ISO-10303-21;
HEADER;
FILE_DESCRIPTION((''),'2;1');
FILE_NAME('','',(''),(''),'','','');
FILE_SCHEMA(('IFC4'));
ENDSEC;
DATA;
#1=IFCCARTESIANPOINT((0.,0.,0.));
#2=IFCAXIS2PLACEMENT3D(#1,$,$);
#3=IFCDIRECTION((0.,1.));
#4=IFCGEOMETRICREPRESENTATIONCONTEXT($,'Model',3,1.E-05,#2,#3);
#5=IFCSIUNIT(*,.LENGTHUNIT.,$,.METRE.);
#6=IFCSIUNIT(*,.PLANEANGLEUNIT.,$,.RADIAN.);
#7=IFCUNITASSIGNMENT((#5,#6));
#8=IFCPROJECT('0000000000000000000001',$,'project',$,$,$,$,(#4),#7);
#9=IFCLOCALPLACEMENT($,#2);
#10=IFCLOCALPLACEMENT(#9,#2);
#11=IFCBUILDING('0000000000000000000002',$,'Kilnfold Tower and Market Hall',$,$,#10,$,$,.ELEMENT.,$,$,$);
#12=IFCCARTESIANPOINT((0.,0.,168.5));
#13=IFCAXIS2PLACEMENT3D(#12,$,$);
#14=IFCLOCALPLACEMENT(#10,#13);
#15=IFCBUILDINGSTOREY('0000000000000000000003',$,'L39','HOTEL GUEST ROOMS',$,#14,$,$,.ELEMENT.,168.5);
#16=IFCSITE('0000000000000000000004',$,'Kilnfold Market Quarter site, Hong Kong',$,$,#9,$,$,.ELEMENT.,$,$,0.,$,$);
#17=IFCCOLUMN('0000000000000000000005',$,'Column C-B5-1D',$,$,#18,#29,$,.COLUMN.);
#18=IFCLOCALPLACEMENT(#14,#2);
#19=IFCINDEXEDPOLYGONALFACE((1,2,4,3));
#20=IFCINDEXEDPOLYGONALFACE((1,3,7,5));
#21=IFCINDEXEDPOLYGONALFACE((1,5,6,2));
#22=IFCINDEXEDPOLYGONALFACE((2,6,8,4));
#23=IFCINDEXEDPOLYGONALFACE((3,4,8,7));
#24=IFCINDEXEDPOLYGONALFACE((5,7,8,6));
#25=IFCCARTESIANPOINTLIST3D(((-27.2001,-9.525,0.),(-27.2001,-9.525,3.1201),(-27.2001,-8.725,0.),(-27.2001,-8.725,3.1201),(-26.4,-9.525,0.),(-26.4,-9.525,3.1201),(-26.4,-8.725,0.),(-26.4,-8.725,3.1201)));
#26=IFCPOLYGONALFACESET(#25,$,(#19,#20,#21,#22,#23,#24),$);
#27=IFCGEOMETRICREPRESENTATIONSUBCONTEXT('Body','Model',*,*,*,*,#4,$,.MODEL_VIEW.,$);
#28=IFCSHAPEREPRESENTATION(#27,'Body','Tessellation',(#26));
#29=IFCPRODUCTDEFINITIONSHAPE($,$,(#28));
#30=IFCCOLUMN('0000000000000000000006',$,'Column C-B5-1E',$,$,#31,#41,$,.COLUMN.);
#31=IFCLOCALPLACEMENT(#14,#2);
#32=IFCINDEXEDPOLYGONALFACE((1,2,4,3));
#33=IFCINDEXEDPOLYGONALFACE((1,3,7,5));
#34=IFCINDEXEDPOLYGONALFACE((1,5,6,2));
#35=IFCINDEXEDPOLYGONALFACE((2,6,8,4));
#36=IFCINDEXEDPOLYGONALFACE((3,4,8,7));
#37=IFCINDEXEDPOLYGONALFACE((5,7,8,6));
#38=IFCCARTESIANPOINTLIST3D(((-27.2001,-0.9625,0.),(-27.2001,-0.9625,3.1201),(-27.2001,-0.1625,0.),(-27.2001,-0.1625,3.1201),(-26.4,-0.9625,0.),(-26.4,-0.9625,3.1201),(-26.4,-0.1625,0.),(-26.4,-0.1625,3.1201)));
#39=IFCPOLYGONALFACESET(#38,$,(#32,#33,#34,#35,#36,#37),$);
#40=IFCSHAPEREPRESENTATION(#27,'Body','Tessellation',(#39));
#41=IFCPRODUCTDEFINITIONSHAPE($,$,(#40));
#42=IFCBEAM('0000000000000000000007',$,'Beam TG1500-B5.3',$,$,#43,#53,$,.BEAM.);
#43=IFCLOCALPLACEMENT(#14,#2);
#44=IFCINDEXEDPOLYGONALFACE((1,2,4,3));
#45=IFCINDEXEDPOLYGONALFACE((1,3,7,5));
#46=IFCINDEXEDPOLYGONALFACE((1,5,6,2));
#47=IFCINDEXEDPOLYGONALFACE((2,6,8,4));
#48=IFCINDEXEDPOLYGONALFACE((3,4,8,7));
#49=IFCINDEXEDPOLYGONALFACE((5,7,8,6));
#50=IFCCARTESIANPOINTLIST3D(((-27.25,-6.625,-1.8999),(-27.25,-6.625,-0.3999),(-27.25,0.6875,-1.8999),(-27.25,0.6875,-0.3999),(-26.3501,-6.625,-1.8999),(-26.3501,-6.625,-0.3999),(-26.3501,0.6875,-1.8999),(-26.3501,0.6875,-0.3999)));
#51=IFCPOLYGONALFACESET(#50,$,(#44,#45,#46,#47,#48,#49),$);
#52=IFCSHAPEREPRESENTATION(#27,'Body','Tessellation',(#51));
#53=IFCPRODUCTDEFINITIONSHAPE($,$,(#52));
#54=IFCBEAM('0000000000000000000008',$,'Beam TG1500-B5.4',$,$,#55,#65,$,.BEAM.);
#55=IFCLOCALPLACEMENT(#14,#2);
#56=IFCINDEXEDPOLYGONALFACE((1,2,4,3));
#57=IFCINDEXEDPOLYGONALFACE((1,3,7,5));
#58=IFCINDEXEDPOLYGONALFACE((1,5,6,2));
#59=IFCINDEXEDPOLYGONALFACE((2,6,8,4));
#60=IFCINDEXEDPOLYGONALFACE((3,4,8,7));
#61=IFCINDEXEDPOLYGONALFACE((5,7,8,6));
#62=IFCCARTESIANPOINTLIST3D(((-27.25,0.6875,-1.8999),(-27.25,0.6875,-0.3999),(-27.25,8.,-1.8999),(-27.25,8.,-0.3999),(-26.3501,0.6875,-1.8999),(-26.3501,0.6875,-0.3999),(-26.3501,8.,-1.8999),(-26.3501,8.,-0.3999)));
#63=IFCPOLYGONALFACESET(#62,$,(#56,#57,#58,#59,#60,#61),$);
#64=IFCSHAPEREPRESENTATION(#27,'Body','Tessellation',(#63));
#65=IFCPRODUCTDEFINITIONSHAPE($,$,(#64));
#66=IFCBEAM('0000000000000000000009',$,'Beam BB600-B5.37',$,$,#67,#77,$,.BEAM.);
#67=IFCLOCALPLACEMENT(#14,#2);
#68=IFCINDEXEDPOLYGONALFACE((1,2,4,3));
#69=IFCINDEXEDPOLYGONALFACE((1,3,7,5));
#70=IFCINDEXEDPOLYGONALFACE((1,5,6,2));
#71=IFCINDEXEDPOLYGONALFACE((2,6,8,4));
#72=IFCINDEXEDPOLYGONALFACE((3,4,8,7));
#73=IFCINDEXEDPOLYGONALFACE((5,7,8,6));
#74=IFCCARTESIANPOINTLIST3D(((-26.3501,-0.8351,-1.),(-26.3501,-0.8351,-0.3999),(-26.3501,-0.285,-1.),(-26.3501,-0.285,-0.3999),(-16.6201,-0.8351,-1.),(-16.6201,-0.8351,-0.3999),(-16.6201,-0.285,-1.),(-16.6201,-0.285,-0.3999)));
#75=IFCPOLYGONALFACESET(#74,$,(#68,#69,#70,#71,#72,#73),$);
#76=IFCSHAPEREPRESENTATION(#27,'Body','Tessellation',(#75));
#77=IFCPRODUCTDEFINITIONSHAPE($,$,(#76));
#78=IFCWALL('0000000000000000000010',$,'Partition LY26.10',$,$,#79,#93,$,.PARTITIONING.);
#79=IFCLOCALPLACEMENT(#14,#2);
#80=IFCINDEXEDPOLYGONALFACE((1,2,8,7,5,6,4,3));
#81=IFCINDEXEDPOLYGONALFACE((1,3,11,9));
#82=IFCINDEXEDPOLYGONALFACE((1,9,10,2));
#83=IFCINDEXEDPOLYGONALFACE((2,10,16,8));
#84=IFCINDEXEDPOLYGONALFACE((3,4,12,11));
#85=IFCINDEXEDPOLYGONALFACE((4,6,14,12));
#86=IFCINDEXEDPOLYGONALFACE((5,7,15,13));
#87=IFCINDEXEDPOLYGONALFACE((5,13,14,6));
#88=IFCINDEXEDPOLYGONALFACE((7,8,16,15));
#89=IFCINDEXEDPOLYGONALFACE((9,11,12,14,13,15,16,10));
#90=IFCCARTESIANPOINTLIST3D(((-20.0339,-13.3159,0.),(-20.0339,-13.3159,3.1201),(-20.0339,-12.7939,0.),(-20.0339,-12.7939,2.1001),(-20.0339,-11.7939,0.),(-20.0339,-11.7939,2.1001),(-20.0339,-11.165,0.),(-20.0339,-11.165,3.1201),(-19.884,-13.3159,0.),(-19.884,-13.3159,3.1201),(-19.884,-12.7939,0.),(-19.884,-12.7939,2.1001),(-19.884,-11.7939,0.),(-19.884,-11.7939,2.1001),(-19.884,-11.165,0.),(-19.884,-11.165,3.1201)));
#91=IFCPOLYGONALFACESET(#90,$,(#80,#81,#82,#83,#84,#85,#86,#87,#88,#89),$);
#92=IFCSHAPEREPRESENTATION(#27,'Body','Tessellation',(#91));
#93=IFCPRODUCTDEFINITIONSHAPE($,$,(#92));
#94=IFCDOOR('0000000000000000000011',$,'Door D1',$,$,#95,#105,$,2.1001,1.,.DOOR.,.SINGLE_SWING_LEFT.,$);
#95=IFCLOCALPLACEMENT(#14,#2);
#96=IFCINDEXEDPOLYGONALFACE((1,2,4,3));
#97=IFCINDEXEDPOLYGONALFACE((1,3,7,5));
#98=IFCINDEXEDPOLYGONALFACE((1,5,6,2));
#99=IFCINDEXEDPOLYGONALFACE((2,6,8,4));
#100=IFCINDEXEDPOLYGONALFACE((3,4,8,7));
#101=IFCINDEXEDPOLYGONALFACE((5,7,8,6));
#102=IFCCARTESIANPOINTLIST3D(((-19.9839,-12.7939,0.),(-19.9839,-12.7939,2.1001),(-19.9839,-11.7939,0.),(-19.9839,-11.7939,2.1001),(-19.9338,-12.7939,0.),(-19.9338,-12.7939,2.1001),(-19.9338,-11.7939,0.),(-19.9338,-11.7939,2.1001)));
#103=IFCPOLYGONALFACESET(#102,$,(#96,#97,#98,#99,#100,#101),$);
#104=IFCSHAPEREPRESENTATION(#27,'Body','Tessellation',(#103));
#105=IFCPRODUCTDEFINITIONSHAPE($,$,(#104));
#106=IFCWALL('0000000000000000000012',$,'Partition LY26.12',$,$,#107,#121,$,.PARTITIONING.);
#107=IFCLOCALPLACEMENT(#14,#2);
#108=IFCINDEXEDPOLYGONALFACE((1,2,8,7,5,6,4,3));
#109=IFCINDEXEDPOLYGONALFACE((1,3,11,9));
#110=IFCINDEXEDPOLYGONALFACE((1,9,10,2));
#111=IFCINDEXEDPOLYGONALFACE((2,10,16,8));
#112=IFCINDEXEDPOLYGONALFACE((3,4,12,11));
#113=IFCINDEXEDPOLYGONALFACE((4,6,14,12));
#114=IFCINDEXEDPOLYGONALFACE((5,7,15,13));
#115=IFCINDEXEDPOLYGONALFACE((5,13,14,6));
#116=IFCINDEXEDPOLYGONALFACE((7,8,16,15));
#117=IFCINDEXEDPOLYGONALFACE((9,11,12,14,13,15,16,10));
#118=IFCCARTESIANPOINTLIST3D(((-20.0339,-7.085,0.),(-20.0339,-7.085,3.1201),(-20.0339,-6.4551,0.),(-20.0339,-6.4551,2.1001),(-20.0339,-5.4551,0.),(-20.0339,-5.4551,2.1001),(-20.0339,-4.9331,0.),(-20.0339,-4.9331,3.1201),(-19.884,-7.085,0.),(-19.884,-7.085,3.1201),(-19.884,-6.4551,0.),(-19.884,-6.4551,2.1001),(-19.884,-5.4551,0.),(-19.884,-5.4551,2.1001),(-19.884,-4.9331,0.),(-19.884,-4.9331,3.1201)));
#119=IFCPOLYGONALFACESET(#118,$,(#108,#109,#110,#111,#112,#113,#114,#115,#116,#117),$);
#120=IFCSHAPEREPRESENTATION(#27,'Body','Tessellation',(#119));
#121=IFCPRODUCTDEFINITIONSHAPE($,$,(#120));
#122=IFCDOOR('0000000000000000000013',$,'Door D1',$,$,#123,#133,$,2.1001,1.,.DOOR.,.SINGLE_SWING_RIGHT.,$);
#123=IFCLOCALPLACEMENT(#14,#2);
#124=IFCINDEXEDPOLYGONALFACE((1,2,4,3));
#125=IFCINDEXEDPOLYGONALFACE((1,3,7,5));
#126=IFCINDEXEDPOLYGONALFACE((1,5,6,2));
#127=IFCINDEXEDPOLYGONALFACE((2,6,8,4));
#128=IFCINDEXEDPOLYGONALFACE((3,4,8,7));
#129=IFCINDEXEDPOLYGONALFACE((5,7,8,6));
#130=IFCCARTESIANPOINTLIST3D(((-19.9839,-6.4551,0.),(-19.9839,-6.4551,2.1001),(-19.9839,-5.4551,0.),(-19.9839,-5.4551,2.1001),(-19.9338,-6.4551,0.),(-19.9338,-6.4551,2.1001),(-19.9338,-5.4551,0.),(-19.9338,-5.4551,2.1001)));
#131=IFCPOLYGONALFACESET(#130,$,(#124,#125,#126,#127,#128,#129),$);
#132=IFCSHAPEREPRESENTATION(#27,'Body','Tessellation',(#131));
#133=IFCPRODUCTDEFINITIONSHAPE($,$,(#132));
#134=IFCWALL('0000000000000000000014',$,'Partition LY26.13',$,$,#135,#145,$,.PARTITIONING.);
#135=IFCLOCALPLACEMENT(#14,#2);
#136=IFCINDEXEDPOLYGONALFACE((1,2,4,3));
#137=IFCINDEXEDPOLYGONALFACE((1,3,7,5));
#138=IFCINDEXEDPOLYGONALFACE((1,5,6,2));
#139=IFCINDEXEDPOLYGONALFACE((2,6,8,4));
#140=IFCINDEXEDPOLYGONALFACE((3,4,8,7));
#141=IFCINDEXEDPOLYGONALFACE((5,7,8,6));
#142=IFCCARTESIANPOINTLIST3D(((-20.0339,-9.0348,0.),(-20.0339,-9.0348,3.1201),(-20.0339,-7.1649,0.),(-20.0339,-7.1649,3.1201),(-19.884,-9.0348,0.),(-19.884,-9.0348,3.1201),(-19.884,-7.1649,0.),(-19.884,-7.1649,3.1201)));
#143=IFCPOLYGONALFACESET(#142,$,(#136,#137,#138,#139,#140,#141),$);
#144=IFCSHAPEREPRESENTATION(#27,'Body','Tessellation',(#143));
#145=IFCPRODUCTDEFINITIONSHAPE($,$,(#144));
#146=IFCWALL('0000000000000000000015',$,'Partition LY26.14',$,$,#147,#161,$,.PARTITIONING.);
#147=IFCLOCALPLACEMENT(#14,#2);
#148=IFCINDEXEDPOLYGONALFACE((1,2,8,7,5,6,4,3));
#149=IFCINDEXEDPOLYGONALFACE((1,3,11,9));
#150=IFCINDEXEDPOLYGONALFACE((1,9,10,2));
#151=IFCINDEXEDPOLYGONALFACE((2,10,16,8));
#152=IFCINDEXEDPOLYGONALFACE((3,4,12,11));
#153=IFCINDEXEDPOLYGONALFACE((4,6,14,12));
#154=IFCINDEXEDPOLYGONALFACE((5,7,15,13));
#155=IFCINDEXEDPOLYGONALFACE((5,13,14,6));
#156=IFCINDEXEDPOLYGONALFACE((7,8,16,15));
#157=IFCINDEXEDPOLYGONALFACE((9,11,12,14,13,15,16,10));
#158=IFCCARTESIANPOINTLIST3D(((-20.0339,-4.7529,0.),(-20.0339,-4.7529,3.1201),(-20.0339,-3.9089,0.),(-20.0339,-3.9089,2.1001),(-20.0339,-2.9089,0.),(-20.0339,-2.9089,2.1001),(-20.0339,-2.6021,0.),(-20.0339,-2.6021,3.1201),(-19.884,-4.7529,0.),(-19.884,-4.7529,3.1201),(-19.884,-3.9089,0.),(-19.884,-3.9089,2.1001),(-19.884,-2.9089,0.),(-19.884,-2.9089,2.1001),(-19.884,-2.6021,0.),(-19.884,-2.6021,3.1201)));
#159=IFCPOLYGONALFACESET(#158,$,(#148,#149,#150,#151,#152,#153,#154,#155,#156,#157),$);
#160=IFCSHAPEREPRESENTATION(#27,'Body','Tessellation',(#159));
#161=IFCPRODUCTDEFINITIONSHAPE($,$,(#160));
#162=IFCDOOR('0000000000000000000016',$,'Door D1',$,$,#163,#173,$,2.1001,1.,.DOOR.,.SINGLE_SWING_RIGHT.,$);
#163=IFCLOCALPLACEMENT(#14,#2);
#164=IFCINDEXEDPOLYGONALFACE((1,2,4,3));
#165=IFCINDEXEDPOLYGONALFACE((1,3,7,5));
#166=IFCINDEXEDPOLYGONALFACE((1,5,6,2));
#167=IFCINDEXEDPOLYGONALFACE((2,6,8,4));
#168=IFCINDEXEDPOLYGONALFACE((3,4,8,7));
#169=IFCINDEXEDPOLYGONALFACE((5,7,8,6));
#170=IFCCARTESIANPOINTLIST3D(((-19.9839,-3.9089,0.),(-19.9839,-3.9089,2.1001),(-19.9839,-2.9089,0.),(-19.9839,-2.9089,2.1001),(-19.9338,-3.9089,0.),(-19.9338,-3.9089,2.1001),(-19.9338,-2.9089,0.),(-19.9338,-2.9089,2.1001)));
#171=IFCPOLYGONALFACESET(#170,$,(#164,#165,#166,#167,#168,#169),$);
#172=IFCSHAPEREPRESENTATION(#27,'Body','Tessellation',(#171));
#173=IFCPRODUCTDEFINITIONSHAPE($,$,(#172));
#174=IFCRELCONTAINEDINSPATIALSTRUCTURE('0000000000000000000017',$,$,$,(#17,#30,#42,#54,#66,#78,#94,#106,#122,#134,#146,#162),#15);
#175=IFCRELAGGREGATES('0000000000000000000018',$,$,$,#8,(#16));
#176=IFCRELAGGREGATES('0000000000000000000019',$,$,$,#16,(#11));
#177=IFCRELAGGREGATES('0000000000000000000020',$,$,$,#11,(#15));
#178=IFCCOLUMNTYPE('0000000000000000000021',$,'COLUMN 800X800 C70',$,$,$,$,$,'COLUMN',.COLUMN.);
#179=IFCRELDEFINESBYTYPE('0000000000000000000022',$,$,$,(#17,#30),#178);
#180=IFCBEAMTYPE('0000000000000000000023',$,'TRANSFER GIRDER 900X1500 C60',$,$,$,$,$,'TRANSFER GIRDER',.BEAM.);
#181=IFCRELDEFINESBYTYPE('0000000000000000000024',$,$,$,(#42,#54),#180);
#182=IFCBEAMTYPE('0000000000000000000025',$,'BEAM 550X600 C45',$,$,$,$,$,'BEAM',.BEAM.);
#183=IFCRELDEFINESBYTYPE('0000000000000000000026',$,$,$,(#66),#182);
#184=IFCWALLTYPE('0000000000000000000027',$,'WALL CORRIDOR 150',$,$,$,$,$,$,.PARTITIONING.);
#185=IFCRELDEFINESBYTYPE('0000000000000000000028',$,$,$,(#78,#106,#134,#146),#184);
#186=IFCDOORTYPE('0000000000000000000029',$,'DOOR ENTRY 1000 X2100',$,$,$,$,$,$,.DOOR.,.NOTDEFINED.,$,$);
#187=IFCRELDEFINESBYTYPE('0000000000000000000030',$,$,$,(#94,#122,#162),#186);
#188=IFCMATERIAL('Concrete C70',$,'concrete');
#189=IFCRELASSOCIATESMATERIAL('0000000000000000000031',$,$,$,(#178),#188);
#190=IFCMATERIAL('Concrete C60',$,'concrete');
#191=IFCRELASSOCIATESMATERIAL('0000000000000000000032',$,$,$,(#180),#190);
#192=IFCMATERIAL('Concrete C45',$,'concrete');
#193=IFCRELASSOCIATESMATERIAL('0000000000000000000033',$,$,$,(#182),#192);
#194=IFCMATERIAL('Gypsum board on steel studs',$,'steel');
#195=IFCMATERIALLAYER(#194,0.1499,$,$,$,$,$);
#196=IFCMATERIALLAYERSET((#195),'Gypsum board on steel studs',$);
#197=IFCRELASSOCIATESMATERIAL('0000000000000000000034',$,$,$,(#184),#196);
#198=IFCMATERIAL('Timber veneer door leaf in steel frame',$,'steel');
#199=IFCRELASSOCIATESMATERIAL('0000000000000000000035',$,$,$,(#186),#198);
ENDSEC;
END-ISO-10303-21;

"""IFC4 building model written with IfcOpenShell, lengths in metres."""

from ifc_helpers import new_model, si_unit, direction, frame, frame_2d, origin, origin_2d, place, context, subcontext, project, spatial, rectangle, extrude, source, transform, mapped, material, layer, layer_set, material_profile, profile_set, type_object, element, fill, save


model = new_model("IFC4")

# Units and contexts
model_context = context("Model", 3, precision=1e-05, world=origin(), true_north=direction((0.0, 1.0)))
body_context = subcontext(model_context, "Body", "Model", "MODEL_VIEW")
ifc_project = project(units=[si_unit("LENGTHUNIT", "METRE"), si_unit("PLANEANGLEUNIT", "RADIAN")], contexts=[model_context])

# Site, building, storey
site_placement = place(None, origin())
site = spatial("IfcSite", under=ifc_project, at=site_placement, Name="Kilnfold Market Quarter site, Hong Kong", CompositionType="ELEMENT", RefElevation=0.0)
building_placement = place(site_placement, origin())
building = spatial("IfcBuilding", under=site, at=building_placement, Name="Kilnfold Tower and Market Hall", CompositionType="ELEMENT")
storey_placement = place(building_placement, frame((0.0, 0.0, 168.5)))
storey = spatial("IfcBuildingStorey", under=building, at=storey_placement, Name="L39", Description="HOTEL GUEST ROOMS", CompositionType="ELEMENT", Elevation=168.5)

# Columns
ifc_material_1 = material(Name="Concrete C70", Category="concrete")
ifc_material_profile_1 = material_profile(ifc_material_1, rectangle(XDim=0.8, YDim=0.8, at=origin_2d()), Name="RC 800x800")
ifc_profile_set_1 = profile_set([ifc_material_profile_1], Name="Concrete C70")
column_type = type_object("IfcColumnType", Name="COLUMN 800X800 C70", ElementType="COLUMN", PredefinedType="COLUMN", material=ifc_profile_set_1)
shared_shape_1 = source(origin(), body_context, "Body", "SweptSolid", [
    extrude(rectangle(XDim=0.8, YDim=0.8, at=origin_2d()), origin(), (0.0, 0.0, 1.0), 3.1201),
])
for number, where, z_axis, x_axis, name in (
    (1, (-26.8, -9.125, 0.0), (0.0, 0.0, 1.0), (1.0, 0.0, 0.0), "Column C-B5-1D"),
    (2, (-26.8, -0.5625, 0.0), (0.0, 0.0, 1.0), (1.0, 0.0, 0.0), "Column C-B5-1E"),
):
    element("IfcColumn", number, at=place(storey_placement, frame(where, z_axis=z_axis, x_axis=x_axis)), inside=storey, type_object=column_type, Name=name, PredefinedType="COLUMN", context=body_context, shape_type="MappedRepresentation", body=[
        mapped(shared_shape_1, transform((0.0, 0.0, 0.0))),
    ])

# Beams
ifc_material_2 = material(Name="Concrete C60", Category="concrete")
ifc_material_profile_2 = material_profile(ifc_material_2, rectangle(XDim=0.8999, YDim=1.5, at=origin_2d()), Name="RC 900x1500")
ifc_profile_set_2 = profile_set([ifc_material_profile_2], Name="Concrete C60")
beam_type_1 = type_object("IfcBeamType", Name="TRANSFER GIRDER 900X1500 C60", ElementType="TRANSFER GIRDER", PredefinedType="BEAM", material=ifc_profile_set_2)
shared_shape_2 = source(origin(), body_context, "Body", "SweptSolid", [
    extrude(rectangle(XDim=0.8999, YDim=1.5, at=origin_2d()), origin(), (0.0, 0.0, 1.0), 7.3125),
])
for number, where, z_axis, x_axis, name in (
    (3, (-26.8, -6.625, -1.1499), (0.0, 1.0, 0.0), (-1.0, 0.0, 0.0), "Beam TG1500-B5.3"),
    (4, (-26.8, 0.6875, -1.1499), (0.0, 1.0, 0.0), (-1.0, 0.0, 0.0), "Beam TG1500-B5.4"),
):
    element("IfcBeam", number, at=place(storey_placement, frame(where, z_axis=z_axis, x_axis=x_axis)), inside=storey, type_object=beam_type_1, Name=name, PredefinedType="BEAM", context=body_context, shape_type="MappedRepresentation", body=[
        mapped(shared_shape_2, transform((0.0, 0.0, 0.0))),
    ])
ifc_material_3 = material(Name="Concrete C45", Category="concrete")
ifc_material_profile_3 = material_profile(ifc_material_3, rectangle(XDim=0.55, YDim=0.6001, at=origin_2d()), Name="RC 550x600")
ifc_profile_set_3 = profile_set([ifc_material_profile_3], Name="Concrete C45")
beam_type_2 = type_object("IfcBeamType", Name="BEAM 550X600 C45", ElementType="BEAM", PredefinedType="BEAM", material=ifc_profile_set_3)
shared_shape_3 = source(origin(), body_context, "Body", "SweptSolid", [
    extrude(rectangle(XDim=0.55, YDim=0.6001, at=origin_2d()), origin(), (0.0, 0.0, 1.0), 9.73),
])
beam_placement = place(storey_placement, frame((-26.3501, -0.5601, -0.7), z_axis=(1.0, 0.0, 0.0), x_axis=(0.0, 1.0, 0.0)))
element("IfcBeam", 5, at=beam_placement, inside=storey, type_object=beam_type_2, Name="Beam BB600-B5.37", PredefinedType="BEAM", context=body_context, shape_type="MappedRepresentation", body=[
    mapped(shared_shape_3, transform((0.0, 0.0, 0.0))),
])

# Wall, opening, door
ifc_material_4 = material(Name="Gypsum board on steel studs", Category="steel")
ifc_layer_1 = layer(ifc_material_4, 0.1499)
ifc_layer_set_1 = layer_set([ifc_layer_1], Name="Gypsum board on steel studs")
wall_type_1 = type_object("IfcWallType", Name="WALL CORRIDOR 150", PredefinedType="PARTITIONING", material=ifc_layer_set_1)
wall_1_placement = place(storey_placement, frame((-19.959, -13.3159, 0.0), z_axis=(0.0, 0.0, 1.0), x_axis=(0.0, 1.0, 0.0)))
wall_1 = element("IfcWall", 6, at=wall_1_placement, inside=storey, type_object=wall_type_1, Name="Partition LY26.10", PredefinedType="PARTITIONING", context=body_context, shape_type="SweptSolid", body=[
    extrude(rectangle(XDim=2.1509, YDim=0.1499, at=frame_2d((1.0754, 0.0))), origin(), (0.0, 0.0, 1.0), 3.1201),
])
opening_1_placement = place(wall_1_placement, frame((0.522, 0.0, 0.0)))
opening_1 = element("IfcOpeningElement", 7, at=opening_1_placement, cuts=wall_1, PredefinedType="OPENING", context=body_context, shape_type="SweptSolid", body=[
    extrude(rectangle(XDim=1.0, YDim=2.1001, at=frame_2d((0.5, 1.05))), frame((0.0, 0.085, 0.0), z_axis=(0.0, -1.0, 0.0), x_axis=(1.0, 0.0, 0.0)), (0.0, 0.0, 1.0), 0.1699),
])
ifc_material_5 = material(Name="Timber veneer door leaf in steel frame", Category="steel")
door_type_1 = type_object("IfcDoorType", Name="DOOR ENTRY 1000 X2100", OperationType="NOTDEFINED", PredefinedType="DOOR", material=ifc_material_5)
door_1_placement = place(opening_1_placement, origin())
door_1 = element("IfcDoor", 8, at=door_1_placement, inside=storey, type_object=door_type_1, Name="Door D1", OperationType="SINGLE_SWING_LEFT", OverallHeight=2.1001, OverallWidth=1.0, PredefinedType="DOOR", context=body_context, shape_type="SweptSolid", body=[
    extrude(rectangle(XDim=1.0, YDim=2.1001, at=frame_2d((0.5, 1.05))), frame((0.0, 0.0249, 0.0), z_axis=(0.0, -1.0, 0.0), x_axis=(1.0, 0.0, 0.0)), (0.0, 0.0, 1.0), 0.05),
])
fill(opening_1, door_1)

# Wall, opening, door
wall_2_placement = place(storey_placement, frame((-19.959, -7.085, 0.0), z_axis=(0.0, 0.0, 1.0), x_axis=(0.0, 1.0, 0.0)))
wall_2 = element("IfcWall", 9, at=wall_2_placement, inside=storey, type_object=wall_type_1, Name="Partition LY26.12", PredefinedType="PARTITIONING", context=body_context, shape_type="SweptSolid", body=[
    extrude(rectangle(XDim=2.1519, YDim=0.1499, at=frame_2d((1.0759, 0.0))), origin(), (0.0, 0.0, 1.0), 3.1201),
])
opening_2_placement = place(wall_2_placement, frame((0.6299, 0.0, 0.0)))
opening_2 = element("IfcOpeningElement", 10, at=opening_2_placement, cuts=wall_2, PredefinedType="OPENING", context=body_context, shape_type="SweptSolid", body=[
    extrude(rectangle(XDim=1.0, YDim=2.1001, at=frame_2d((0.5, 1.05))), frame((0.0, 0.085, 0.0), z_axis=(0.0, -1.0, 0.0), x_axis=(1.0, 0.0, 0.0)), (0.0, 0.0, 1.0), 0.1699),
])
door_2_placement = place(opening_2_placement, origin())
door_2 = element("IfcDoor", 11, at=door_2_placement, inside=storey, type_object=door_type_1, Name="Door D1", OperationType="SINGLE_SWING_RIGHT", OverallHeight=2.1001, OverallWidth=1.0, PredefinedType="DOOR", context=body_context, shape_type="SweptSolid", body=[
    extrude(rectangle(XDim=1.0, YDim=2.1001, at=frame_2d((0.5, 1.05))), frame((0.0, 0.0249, 0.0), z_axis=(0.0, -1.0, 0.0), x_axis=(1.0, 0.0, 0.0)), (0.0, 0.0, 1.0), 0.05),
])
fill(opening_2, door_2)

# Wall
wall_3_placement = place(storey_placement, frame((-19.959, -9.0349, 0.0), z_axis=(0.0, 0.0, 1.0), x_axis=(0.0, 1.0, 0.0)))
element("IfcWall", 12, at=wall_3_placement, inside=storey, type_object=wall_type_1, Name="Partition LY26.13", PredefinedType="PARTITIONING", context=body_context, shape_type="SweptSolid", body=[
    extrude(rectangle(XDim=1.8699, YDim=0.1499, at=frame_2d((0.9351, 0.0))), origin(), (0.0, 0.0, 1.0), 3.1201),
])

# Wall, opening, door
wall_4_placement = place(storey_placement, frame((-19.959, -4.7529, 0.0), z_axis=(0.0, 0.0, 1.0), x_axis=(0.0, 1.0, 0.0)))
wall_4 = element("IfcWall", 13, at=wall_4_placement, inside=storey, type_object=wall_type_1, Name="Partition LY26.14", PredefinedType="PARTITIONING", context=body_context, shape_type="SweptSolid", body=[
    extrude(rectangle(XDim=2.1509, YDim=0.1499, at=frame_2d((1.0754, 0.0))), origin(), (0.0, 0.0, 1.0), 3.1201),
])
opening_3_placement = place(wall_4_placement, frame((0.844, 0.0, 0.0)))
opening_3 = element("IfcOpeningElement", 14, at=opening_3_placement, cuts=wall_4, PredefinedType="OPENING", context=body_context, shape_type="SweptSolid", body=[
    extrude(rectangle(XDim=1.0, YDim=2.1001, at=frame_2d((0.5, 1.05))), frame((0.0, 0.085, 0.0), z_axis=(0.0, -1.0, 0.0), x_axis=(1.0, 0.0, 0.0)), (0.0, 0.0, 1.0), 0.1699),
])
door_3_placement = place(opening_3_placement, origin())
door_3 = element("IfcDoor", 15, at=door_3_placement, inside=storey, type_object=door_type_1, Name="Door D1", OperationType="SINGLE_SWING_RIGHT", OverallHeight=2.1001, OverallWidth=1.0, PredefinedType="DOOR", context=body_context, shape_type="SweptSolid", body=[
    extrude(rectangle(XDim=1.0, YDim=2.1001, at=frame_2d((0.5, 1.05))), frame((0.0, 0.0249, 0.0), z_axis=(0.0, -1.0, 0.0), x_axis=(1.0, 0.0, 0.0)), (0.0, 0.0, 1.0), 0.05),
])
fill(opening_3, door_3)

save(model, "model.ifc")
